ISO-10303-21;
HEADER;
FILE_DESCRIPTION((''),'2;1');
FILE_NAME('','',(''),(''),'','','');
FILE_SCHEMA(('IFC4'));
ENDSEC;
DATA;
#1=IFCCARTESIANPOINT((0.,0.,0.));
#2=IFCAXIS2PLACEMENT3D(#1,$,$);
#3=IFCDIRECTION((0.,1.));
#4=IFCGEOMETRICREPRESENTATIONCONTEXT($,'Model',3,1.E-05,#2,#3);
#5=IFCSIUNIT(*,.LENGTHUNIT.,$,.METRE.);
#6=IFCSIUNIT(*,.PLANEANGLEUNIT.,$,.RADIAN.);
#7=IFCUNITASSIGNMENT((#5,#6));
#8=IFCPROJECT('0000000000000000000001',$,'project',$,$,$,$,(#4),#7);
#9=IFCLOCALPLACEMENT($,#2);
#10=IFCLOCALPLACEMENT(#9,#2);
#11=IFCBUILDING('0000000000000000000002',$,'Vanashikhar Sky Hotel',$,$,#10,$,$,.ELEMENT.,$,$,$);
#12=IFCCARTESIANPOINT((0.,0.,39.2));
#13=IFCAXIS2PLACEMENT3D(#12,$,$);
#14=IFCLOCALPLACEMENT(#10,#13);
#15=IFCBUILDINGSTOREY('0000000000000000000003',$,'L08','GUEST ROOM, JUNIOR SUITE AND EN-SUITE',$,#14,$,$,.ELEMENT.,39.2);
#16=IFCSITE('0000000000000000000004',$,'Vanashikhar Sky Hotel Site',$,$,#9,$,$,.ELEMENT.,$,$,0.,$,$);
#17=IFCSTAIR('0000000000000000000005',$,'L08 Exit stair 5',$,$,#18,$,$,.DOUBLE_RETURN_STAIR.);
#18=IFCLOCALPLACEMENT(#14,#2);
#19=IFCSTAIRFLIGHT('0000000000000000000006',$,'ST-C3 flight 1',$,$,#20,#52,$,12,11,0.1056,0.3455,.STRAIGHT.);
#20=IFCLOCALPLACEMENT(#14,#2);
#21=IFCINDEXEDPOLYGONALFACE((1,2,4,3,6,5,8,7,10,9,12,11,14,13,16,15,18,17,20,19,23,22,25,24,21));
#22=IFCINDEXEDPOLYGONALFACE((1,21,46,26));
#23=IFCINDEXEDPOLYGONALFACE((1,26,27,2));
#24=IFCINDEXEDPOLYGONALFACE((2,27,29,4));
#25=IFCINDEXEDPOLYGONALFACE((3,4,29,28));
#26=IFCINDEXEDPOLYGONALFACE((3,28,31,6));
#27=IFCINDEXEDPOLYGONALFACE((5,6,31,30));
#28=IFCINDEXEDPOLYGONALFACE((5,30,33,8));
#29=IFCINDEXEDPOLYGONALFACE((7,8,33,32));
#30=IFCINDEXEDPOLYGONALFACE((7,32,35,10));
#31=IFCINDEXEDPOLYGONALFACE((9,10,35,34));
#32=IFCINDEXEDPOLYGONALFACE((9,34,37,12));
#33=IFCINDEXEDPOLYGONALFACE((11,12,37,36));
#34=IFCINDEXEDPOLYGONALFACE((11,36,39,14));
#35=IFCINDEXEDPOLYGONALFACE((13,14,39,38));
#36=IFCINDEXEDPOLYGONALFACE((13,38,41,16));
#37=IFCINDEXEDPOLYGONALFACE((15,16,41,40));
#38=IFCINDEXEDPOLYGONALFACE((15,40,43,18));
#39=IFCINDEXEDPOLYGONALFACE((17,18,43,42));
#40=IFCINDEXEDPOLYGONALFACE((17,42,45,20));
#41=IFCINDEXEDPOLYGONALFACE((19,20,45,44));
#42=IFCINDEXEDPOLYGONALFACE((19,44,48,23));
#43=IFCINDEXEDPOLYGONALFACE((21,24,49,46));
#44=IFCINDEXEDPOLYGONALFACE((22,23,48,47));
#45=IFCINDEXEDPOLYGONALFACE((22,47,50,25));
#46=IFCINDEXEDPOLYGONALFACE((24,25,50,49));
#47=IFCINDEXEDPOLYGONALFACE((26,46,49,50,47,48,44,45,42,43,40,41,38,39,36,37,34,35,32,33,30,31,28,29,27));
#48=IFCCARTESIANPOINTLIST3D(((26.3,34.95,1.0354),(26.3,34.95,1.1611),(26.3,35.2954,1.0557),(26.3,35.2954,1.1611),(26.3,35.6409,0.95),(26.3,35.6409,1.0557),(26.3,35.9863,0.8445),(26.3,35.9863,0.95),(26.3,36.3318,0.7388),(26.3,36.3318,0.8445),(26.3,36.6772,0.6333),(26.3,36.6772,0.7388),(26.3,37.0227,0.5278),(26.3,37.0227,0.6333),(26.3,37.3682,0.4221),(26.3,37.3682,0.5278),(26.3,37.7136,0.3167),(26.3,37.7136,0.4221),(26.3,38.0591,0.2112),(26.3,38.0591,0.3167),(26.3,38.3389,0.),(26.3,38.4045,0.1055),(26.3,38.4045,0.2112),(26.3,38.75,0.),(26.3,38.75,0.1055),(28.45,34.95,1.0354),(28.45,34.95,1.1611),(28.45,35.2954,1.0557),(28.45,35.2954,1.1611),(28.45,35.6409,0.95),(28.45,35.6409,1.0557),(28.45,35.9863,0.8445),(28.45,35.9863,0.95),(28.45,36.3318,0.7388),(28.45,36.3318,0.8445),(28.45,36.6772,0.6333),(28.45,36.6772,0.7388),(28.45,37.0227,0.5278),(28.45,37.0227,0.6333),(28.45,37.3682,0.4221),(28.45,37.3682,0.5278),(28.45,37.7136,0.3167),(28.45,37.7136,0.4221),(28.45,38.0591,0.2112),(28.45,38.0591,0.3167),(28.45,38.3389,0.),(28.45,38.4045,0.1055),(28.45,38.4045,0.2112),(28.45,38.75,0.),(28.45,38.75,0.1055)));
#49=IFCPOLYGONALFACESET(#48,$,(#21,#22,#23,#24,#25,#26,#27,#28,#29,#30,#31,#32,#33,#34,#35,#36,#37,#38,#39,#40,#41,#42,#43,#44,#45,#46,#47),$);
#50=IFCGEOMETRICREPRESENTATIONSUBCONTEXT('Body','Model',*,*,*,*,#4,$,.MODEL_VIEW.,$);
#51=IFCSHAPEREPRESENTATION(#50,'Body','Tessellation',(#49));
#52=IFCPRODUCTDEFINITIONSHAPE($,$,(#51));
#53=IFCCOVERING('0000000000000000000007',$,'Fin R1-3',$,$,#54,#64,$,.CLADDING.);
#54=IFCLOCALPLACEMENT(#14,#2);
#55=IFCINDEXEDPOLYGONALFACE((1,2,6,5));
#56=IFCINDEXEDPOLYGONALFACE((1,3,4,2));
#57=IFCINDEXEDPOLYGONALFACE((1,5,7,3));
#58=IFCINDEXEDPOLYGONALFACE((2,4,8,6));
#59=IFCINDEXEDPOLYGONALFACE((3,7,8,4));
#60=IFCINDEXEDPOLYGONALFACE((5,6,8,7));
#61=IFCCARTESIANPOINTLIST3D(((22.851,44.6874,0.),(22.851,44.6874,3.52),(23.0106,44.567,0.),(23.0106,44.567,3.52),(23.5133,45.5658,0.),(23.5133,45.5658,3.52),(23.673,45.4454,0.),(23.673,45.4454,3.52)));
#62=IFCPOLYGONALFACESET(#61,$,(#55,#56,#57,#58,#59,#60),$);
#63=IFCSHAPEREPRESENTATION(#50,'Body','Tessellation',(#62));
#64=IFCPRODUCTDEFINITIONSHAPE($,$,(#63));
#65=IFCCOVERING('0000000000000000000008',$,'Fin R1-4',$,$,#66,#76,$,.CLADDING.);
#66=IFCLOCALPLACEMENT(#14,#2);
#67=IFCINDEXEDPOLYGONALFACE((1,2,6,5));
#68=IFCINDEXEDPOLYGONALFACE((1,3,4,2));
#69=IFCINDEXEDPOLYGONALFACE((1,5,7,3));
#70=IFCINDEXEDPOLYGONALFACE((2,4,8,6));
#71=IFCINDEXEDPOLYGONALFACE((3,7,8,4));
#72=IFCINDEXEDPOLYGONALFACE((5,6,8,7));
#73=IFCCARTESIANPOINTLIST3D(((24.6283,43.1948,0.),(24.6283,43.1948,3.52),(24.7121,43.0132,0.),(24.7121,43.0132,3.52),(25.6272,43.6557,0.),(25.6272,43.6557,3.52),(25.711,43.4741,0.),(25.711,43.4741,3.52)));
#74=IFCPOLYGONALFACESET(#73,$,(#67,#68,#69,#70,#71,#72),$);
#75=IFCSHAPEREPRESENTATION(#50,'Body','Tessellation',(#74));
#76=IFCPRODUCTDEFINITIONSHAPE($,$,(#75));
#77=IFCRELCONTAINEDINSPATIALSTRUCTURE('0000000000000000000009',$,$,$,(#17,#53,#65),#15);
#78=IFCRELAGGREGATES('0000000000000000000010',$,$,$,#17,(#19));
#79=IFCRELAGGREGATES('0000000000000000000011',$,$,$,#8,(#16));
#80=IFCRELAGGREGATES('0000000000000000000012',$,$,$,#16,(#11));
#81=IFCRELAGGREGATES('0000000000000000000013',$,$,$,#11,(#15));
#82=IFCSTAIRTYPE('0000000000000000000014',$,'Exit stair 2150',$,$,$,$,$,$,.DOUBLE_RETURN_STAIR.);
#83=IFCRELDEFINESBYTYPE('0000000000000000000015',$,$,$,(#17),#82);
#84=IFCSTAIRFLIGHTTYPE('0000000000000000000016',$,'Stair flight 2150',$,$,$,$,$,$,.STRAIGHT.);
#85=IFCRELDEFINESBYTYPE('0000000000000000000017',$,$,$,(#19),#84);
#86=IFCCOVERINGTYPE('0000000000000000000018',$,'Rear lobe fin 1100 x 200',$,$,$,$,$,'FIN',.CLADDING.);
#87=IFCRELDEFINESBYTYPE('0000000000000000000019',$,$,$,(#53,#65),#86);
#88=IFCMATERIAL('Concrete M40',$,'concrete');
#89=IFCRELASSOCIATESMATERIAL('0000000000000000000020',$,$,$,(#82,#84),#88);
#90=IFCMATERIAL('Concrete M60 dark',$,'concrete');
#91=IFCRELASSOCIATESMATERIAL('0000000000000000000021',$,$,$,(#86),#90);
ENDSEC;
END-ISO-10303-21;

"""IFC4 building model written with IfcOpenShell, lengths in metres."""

from ifc_helpers import new_model, si_unit, direction, frame, origin, origin_2d, place, context, subcontext, project, spatial, polyline, rectangle, outline, extrude, source, transform, mapped, material, material_profile, profile_set, type_object, element, aggregate, save


model = new_model("IFC4")

# Units and contexts
model_context = context("Model", 3, precision=1e-05, world=origin(), true_north=direction((0.0, 1.0)))
body_context = subcontext(model_context, "Body", "Model", "MODEL_VIEW")
ifc_project = project(units=[si_unit("LENGTHUNIT", "METRE"), si_unit("PLANEANGLEUNIT", "RADIAN")], contexts=[model_context])

# Site, building, storey
site_placement = place(None, origin())
site = spatial("IfcSite", under=ifc_project, at=site_placement, Name="Vanashikhar Sky Hotel Site", CompositionType="ELEMENT", RefElevation=0.0)
building_placement = place(site_placement, origin())
building = spatial("IfcBuilding", under=site, at=building_placement, Name="Vanashikhar Sky Hotel", CompositionType="ELEMENT")
storey_placement = place(building_placement, frame((0.0, 0.0, 39.2)))
storey = spatial("IfcBuildingStorey", under=building, at=storey_placement, Name="L08", Description="GUEST ROOM, JUNIOR SUITE AND EN-SUITE", CompositionType="ELEMENT", Elevation=39.2)

# Stair, stair flight
ifc_material_1 = material(Name="Concrete M40", Category="concrete")
stair_type = type_object("IfcStairType", Name="Exit stair 2150", PredefinedType="DOUBLE_RETURN_STAIR", material=ifc_material_1)
stair_placement = place(storey_placement, origin())
stair = element("IfcStair", 1, at=stair_placement, inside=storey, type_object=stair_type, Name="L08 Exit stair 5", PredefinedType="DOUBLE_RETURN_STAIR")
stair_flight_type = type_object("IfcStairFlightType", Name="Stair flight 2150", PredefinedType="STRAIGHT", material=ifc_material_1)
shared_shape_1 = source(origin(), body_context, "Body", "SweptSolid", [
    extrude(outline(polyline([(0.0, 0.0), (0.0, 0.1055), (0.3455, 0.1055), (0.3455, 0.2112), (0.6909, 0.2112), (0.6909, 0.3167), (1.0364, 0.3167), (1.0364, 0.4221), (1.3818, 0.4221), (1.3818, 0.5278), (1.7273, 0.5278), (1.7273, 0.6333), (2.0728, 0.6333), (2.0728, 0.7388), (2.4182, 0.7388), (2.4182, 0.8445), (2.7637, 0.8445), (2.7637, 0.95), (3.1091, 0.95), (3.1091, 1.0557), (3.4546, 1.0557), (3.4546, 1.1611), (3.8, 1.1611), (3.8, 1.2666), (3.8, 1.0354), (0.4111, 0.0), (0.0, 0.0)])), frame((0.0, 1.075, 0.0), z_axis=(0.0, -1.0, 0.0), x_axis=(1.0, 0.0, 0.0)), (0.0, 0.0, 1.0), 2.1499),
])
stair_flight_placement = place(storey_placement, frame((27.375, 38.75, 0.0), z_axis=(0.0, 0.0, 1.0), x_axis=(0.0, -1.0, 0.0)))
stair_flight = element("IfcStairFlight", 2, at=stair_flight_placement, type_object=stair_flight_type, Name="ST-C3 flight 1", NumberOfRisers=12, NumberOfTreads=11, PredefinedType="STRAIGHT", RiserHeight=0.1056, TreadLength=0.3455, context=body_context, shape_type="MappedRepresentation", body=[
    mapped(shared_shape_1, transform((0.0, 0.0, 0.0), scale=1.0)),
])
aggregate(stair, [stair_flight])

# Coverings
ifc_material_2 = material(Name="Concrete M60 dark", Category="concrete")
ifc_material_profile = material_profile(ifc_material_2, rectangle(XDim=1.1001, YDim=0.2, at=origin_2d()))
ifc_profile_set = profile_set([ifc_material_profile], Name="Rear lobe fin 1100 x 200")
covering_type = type_object("IfcCoveringType", Name="Rear lobe fin 1100 x 200", ElementType="FIN", PredefinedType="CLADDING", material=ifc_profile_set)
shared_shape_2 = source(origin(), body_context, "Body", "SweptSolid", [
    extrude(rectangle(XDim=1.1001, YDim=0.2, at=origin_2d()), origin(), (0.0, 0.0, 1.0), 3.52),
])
for number, where, z_axis, x_axis, name in (
    (3, (23.262, 45.0664, 0.0), (0.0, 0.0, 1.0), (0.602066, 0.798446, 0.0), "Fin R1-3"),
    (4, (25.1697, 43.3345, 0.0), (0.0, 0.0, 1.0), (0.908004, 0.418961, 0.0), "Fin R1-4"),
):
    element("IfcCovering", number, at=place(storey_placement, frame(where, z_axis=z_axis, x_axis=x_axis)), inside=storey, type_object=covering_type, Name=name, PredefinedType="CLADDING", context=body_context, shape_type="MappedRepresentation", body=[
        mapped(shared_shape_2, transform((0.0, 0.0, 0.0), scale=1.0)),
    ])

save(model, "model.ifc")
